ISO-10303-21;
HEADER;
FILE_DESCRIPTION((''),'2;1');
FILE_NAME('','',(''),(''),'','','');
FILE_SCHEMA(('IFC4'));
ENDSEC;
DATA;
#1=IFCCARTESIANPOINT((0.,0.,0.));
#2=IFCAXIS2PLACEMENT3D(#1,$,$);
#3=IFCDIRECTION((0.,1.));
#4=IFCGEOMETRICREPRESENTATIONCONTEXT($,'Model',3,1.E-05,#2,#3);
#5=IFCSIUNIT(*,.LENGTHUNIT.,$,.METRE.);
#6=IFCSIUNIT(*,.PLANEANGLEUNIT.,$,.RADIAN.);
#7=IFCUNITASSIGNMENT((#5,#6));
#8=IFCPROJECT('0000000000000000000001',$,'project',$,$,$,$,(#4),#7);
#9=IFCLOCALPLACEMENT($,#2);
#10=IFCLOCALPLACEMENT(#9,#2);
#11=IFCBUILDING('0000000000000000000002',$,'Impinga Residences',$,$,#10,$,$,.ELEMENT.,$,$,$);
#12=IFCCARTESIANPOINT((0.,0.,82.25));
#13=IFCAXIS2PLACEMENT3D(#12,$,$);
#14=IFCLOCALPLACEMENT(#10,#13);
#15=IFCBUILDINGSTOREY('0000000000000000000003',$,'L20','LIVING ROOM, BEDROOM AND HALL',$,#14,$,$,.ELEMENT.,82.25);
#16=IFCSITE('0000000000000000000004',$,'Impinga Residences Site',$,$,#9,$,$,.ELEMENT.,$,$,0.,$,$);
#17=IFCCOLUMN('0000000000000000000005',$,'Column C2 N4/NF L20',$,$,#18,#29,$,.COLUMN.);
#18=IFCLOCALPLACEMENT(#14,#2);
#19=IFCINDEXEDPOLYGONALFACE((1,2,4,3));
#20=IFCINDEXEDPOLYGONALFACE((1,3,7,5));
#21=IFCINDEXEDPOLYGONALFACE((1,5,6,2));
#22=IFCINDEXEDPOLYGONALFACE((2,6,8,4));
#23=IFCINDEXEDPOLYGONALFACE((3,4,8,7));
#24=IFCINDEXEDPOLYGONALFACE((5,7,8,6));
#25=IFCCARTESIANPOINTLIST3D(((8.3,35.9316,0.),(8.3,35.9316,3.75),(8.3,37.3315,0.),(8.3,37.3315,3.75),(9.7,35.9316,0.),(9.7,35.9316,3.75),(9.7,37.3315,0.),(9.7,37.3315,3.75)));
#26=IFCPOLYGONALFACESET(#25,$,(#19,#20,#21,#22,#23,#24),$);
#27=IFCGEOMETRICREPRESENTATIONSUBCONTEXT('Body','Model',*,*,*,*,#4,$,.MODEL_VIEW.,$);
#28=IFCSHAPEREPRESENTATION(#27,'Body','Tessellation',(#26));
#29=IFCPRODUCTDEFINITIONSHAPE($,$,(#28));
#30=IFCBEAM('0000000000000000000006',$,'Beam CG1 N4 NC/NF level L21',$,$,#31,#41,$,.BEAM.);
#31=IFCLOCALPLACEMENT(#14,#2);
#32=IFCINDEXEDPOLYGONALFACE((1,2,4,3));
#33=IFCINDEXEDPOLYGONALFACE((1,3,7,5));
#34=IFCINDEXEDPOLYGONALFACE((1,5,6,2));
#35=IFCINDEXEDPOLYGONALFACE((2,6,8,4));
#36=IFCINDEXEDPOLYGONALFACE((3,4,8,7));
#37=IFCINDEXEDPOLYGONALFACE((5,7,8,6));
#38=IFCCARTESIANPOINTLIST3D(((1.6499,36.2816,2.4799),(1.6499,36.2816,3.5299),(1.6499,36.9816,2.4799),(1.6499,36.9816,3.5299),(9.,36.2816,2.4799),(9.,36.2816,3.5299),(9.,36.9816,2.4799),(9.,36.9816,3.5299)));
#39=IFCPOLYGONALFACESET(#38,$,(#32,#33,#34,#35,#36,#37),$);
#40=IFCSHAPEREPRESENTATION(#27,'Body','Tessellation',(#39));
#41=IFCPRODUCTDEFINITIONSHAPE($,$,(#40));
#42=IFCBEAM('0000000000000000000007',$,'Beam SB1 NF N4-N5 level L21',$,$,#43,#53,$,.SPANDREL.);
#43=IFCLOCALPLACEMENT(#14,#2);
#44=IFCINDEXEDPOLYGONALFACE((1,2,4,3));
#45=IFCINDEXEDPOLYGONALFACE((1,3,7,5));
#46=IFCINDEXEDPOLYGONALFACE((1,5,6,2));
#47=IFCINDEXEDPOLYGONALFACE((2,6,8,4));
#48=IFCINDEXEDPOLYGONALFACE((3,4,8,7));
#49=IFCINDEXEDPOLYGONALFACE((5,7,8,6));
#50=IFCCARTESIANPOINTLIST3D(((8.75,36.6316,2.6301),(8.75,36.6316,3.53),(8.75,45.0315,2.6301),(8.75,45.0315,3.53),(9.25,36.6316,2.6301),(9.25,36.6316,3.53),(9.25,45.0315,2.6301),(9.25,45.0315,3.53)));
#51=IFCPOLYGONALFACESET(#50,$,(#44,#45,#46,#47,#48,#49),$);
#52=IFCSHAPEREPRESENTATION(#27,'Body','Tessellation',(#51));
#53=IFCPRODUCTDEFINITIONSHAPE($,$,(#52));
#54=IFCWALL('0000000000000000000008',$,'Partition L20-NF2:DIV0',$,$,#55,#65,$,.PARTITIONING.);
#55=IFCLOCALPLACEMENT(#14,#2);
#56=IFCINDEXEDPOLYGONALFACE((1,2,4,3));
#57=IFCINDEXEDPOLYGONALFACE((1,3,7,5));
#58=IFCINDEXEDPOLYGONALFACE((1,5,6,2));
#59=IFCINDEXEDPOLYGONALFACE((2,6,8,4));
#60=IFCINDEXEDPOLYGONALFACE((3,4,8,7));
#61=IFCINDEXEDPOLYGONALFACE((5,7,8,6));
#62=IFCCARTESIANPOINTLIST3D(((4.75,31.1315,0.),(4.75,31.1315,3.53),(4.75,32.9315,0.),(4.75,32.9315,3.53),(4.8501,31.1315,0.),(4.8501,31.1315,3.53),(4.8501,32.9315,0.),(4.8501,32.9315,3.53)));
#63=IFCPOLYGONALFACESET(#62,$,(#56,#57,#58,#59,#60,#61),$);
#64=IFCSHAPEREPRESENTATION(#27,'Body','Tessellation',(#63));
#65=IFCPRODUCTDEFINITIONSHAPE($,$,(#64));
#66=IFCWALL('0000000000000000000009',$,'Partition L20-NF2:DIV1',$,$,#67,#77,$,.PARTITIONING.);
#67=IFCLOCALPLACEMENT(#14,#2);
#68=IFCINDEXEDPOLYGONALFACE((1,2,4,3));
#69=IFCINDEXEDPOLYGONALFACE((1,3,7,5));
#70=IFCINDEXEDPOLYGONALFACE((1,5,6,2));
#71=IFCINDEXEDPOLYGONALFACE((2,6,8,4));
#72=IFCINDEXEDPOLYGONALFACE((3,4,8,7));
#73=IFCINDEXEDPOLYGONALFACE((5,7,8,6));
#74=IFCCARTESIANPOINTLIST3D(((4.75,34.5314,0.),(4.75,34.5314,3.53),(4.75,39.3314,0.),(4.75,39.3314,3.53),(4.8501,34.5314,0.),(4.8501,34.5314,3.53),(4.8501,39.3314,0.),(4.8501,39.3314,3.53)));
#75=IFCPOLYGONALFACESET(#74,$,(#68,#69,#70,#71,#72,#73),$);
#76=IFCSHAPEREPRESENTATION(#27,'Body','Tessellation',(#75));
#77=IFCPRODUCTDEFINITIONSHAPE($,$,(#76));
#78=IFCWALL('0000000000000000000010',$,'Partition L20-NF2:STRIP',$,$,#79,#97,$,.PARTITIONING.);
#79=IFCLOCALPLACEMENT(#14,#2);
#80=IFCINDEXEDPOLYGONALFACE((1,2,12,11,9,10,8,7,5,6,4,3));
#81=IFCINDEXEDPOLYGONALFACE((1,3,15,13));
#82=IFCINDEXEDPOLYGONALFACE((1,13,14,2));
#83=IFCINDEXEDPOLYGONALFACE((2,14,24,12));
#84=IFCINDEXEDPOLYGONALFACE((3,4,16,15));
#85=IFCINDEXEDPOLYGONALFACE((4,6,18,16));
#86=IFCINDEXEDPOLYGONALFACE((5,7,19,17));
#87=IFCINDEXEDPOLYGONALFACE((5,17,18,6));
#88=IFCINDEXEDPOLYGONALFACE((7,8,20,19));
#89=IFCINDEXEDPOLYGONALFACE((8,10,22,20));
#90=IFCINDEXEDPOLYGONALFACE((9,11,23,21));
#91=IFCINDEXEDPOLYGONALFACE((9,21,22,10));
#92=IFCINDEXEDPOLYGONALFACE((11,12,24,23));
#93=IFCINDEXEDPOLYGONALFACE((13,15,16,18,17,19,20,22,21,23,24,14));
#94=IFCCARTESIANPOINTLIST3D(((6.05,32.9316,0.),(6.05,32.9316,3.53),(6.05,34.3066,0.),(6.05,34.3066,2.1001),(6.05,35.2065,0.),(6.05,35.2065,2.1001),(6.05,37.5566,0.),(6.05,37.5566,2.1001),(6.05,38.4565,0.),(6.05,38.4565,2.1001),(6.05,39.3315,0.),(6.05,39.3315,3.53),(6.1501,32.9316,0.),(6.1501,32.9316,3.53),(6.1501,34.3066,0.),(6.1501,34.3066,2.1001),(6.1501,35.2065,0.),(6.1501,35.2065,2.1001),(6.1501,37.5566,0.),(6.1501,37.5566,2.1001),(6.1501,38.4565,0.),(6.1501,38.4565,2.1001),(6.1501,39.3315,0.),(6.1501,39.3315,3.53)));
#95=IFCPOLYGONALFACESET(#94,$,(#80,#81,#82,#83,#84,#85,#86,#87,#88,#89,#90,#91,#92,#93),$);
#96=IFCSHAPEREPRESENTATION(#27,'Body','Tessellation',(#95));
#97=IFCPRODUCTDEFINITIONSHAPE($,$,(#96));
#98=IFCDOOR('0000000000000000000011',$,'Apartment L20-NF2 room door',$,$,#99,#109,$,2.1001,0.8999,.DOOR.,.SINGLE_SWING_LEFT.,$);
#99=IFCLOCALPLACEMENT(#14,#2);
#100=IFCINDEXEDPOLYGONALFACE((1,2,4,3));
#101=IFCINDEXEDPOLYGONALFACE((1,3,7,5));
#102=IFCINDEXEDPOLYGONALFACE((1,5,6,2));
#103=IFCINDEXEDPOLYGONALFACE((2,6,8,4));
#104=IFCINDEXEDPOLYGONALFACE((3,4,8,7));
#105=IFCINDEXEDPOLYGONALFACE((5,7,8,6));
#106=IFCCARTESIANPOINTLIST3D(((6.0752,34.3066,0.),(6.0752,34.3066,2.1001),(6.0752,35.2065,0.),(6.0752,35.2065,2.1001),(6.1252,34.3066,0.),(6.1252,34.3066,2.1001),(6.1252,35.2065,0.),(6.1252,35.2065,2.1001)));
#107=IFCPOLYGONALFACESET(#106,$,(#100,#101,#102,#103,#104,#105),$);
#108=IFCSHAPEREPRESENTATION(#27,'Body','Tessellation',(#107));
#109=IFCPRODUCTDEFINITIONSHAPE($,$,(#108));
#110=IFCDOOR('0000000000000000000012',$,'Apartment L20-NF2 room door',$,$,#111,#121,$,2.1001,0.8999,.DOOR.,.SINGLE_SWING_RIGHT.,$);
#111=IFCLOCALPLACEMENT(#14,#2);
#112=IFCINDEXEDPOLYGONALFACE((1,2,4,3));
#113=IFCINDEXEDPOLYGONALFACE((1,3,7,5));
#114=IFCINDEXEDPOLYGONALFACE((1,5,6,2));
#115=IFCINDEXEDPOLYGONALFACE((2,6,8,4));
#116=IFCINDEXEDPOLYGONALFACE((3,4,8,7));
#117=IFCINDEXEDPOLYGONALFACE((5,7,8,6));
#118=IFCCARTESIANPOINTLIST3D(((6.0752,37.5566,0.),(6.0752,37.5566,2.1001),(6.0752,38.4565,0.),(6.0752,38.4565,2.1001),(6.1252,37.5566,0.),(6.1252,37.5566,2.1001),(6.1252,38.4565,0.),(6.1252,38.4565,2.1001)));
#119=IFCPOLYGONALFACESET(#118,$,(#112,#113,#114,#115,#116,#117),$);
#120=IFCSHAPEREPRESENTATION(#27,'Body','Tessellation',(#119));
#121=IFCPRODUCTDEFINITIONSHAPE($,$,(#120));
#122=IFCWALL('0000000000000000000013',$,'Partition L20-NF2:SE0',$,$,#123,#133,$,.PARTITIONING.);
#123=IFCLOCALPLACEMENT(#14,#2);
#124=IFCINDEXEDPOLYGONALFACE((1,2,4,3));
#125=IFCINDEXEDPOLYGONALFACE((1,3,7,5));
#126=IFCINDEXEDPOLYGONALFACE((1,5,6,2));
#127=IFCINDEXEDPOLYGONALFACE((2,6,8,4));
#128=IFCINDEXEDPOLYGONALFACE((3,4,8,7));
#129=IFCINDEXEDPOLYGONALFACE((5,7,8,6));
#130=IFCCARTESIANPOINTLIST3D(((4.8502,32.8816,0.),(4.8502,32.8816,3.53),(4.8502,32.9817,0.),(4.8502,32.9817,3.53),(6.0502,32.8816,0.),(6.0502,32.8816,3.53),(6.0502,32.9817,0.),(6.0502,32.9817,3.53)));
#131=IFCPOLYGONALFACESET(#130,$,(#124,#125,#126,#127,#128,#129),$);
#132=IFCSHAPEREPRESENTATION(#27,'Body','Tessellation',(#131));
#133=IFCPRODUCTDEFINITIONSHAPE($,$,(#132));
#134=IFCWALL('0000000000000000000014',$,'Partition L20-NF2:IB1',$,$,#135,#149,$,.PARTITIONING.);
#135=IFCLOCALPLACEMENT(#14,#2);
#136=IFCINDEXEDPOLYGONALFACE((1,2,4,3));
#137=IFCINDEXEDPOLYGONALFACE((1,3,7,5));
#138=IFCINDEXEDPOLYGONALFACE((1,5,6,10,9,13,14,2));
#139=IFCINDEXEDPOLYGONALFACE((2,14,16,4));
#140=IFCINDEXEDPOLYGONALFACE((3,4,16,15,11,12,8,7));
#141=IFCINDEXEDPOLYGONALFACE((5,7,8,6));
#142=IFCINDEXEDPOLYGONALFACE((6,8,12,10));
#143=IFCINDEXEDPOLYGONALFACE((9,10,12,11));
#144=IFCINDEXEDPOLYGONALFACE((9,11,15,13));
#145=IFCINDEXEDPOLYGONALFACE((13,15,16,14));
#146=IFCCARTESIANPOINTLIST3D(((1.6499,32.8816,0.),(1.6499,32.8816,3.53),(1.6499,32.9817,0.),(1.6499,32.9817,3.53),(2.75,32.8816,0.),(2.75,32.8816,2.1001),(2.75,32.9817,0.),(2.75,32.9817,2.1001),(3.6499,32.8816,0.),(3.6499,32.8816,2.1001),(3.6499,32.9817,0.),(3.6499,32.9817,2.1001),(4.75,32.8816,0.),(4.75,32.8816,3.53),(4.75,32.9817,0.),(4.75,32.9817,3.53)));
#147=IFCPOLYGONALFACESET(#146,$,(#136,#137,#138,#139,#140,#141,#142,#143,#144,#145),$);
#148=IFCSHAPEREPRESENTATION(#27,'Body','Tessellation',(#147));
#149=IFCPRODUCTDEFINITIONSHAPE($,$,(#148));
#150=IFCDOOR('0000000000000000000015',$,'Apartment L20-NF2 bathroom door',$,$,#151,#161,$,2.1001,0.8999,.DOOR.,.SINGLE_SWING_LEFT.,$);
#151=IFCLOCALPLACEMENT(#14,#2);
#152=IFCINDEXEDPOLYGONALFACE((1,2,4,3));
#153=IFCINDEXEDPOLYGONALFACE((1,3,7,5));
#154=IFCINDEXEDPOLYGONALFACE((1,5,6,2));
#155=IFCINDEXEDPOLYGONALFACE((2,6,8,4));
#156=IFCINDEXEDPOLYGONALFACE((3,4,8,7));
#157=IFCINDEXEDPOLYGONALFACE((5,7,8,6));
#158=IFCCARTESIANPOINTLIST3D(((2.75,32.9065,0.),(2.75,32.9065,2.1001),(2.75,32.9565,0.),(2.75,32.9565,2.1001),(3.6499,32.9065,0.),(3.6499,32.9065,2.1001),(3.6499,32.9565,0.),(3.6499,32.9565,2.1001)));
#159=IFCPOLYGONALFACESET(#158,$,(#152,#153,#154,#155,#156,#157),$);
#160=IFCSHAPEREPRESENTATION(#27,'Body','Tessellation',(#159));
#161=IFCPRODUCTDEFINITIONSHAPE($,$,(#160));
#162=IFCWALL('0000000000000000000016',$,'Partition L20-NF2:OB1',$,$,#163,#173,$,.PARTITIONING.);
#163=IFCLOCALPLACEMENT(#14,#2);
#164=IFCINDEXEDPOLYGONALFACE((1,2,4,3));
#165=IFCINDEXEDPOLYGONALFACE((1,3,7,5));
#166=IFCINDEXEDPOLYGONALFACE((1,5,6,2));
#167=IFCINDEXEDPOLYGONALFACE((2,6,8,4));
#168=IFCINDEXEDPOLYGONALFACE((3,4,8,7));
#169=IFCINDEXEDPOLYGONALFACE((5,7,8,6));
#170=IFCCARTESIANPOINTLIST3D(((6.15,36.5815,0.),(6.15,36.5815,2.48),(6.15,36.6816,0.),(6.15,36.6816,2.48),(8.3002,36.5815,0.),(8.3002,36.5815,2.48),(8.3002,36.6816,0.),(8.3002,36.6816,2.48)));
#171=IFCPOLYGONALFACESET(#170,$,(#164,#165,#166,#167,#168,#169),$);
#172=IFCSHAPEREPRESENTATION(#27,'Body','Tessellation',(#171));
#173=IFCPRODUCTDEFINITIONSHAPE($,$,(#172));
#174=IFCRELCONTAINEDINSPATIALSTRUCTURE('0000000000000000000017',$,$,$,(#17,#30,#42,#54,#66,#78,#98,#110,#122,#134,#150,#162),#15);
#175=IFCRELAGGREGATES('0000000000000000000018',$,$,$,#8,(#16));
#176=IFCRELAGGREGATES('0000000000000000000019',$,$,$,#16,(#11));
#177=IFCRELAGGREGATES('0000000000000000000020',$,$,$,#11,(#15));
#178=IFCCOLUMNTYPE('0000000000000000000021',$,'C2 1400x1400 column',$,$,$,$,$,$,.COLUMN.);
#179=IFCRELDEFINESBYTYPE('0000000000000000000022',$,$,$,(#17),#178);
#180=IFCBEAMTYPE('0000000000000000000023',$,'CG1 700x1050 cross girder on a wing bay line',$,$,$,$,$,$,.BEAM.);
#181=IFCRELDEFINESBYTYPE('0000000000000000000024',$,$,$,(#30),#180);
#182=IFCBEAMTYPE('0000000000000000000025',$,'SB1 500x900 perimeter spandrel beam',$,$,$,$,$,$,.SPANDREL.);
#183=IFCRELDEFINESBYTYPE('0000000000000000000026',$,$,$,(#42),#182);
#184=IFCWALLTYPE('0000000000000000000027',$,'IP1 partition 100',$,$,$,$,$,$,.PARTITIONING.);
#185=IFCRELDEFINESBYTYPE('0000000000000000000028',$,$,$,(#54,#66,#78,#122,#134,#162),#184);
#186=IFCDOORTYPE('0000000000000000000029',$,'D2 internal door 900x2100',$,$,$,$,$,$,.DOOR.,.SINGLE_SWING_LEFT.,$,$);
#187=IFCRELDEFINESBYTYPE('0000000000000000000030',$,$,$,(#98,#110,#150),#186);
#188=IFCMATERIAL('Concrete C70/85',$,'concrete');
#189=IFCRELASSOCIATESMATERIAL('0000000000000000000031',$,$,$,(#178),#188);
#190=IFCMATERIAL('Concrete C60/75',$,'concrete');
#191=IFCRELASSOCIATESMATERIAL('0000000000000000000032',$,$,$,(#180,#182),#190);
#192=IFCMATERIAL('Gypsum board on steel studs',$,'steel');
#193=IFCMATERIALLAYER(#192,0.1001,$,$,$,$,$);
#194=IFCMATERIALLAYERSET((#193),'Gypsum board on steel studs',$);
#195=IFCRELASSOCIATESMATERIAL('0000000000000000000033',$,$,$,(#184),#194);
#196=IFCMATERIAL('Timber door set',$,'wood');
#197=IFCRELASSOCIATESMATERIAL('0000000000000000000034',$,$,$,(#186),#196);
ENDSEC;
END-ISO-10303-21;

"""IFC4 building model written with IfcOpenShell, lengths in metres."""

from ifc_helpers import new_model, si_unit, direction, frame, frame_2d, origin, origin_2d, place, context, subcontext, project, spatial, rectangle, extrude, material, layer, layer_set, material_profile, profile_set, type_object, element, fill, save


model = new_model("IFC4")

# Units and contexts
model_context = context("Model", 3, precision=1e-05, world=origin(), true_north=direction((0.0, 1.0)))
body_context = subcontext(model_context, "Body", "Model", "MODEL_VIEW")
ifc_project = project(units=[si_unit("LENGTHUNIT", "METRE"), si_unit("PLANEANGLEUNIT", "RADIAN")], contexts=[model_context])

# Site, building, storey
site_placement = place(None, origin())
site = spatial("IfcSite", under=ifc_project, at=site_placement, Name="Impinga Residences Site", CompositionType="ELEMENT", RefElevation=0.0)
building_placement = place(site_placement, origin())
building = spatial("IfcBuilding", under=site, at=building_placement, Name="Impinga Residences", CompositionType="ELEMENT")
storey_placement = place(building_placement, frame((0.0, 0.0, 82.25)))
storey = spatial("IfcBuildingStorey", under=building, at=storey_placement, Name="L20", Description="LIVING ROOM, BEDROOM AND HALL", CompositionType="ELEMENT", Elevation=82.25)

# Column
ifc_material_1 = material(Name="Concrete C70/85", Category="concrete")
ifc_material_profile_1 = material_profile(ifc_material_1, rectangle(XDim=1.3999, YDim=1.3999, at=origin_2d()), Name="RC 1400x1400")
ifc_profile_set_1 = profile_set([ifc_material_profile_1], Name="Concrete C70/85")
column_type = type_object("IfcColumnType", Name="C2 1400x1400 column", PredefinedType="COLUMN", material=ifc_profile_set_1)
column_placement = place(storey_placement, frame((9.0, 36.6316, 0.0), z_axis=(0.0, 0.0, 1.0), x_axis=(1.0, 0.0, 0.0)))
element("IfcColumn", 1, at=column_placement, inside=storey, type_object=column_type, Name="Column C2 N4/NF L20", PredefinedType="COLUMN", context=body_context, shape_type="SweptSolid", body=[
    extrude(rectangle(XDim=1.3999, YDim=1.3999, at=origin_2d()), origin(), (0.0, 0.0, 1.0), 3.75),
])

# Beams
ifc_material_2 = material(Name="Concrete C60/75", Category="concrete")
ifc_material_profile_2 = material_profile(ifc_material_2, rectangle(XDim=0.7, YDim=1.05, at=origin_2d()), Name="RC 700x1050")
ifc_profile_set_2 = profile_set([ifc_material_profile_2], Name="Concrete C60/75")
beam_type_1 = type_object("IfcBeamType", Name="CG1 700x1050 cross girder on a wing bay line", PredefinedType="BEAM", material=ifc_profile_set_2)
beam_1_placement = place(storey_placement, frame((1.6499, 36.6316, 3.0049), z_axis=(1.0, 0.0, 0.0), x_axis=(0.0, 1.0, 0.0)))
element("IfcBeam", 2, at=beam_1_placement, inside=storey, type_object=beam_type_1, Name="Beam CG1 N4 NC/NF level L21", PredefinedType="BEAM", context=body_context, shape_type="SweptSolid", body=[
    extrude(rectangle(XDim=0.7, YDim=1.05, at=origin_2d()), origin(), (0.0, 0.0, 1.0), 7.3501),
])
ifc_material_profile_3 = material_profile(ifc_material_2, rectangle(XDim=0.5, YDim=0.8999, at=origin_2d()), Name="RC 500x900")
ifc_profile_set_3 = profile_set([ifc_material_profile_3], Name="Concrete C60/75")
beam_type_2 = type_object("IfcBeamType", Name="SB1 500x900 perimeter spandrel beam", PredefinedType="SPANDREL", material=ifc_profile_set_3)
beam_2_placement = place(storey_placement, frame((9.0, 36.6316, 3.0801), z_axis=(0.0, 1.0, 0.0), x_axis=(-1.0, 0.0, 0.0)))
element("IfcBeam", 3, at=beam_2_placement, inside=storey, type_object=beam_type_2, Name="Beam SB1 NF N4-N5 level L21", PredefinedType="SPANDREL", context=body_context, shape_type="SweptSolid", body=[
    extrude(rectangle(XDim=0.5, YDim=0.8999, at=origin_2d()), origin(), (0.0, 0.0, 1.0), 8.3999),
])

# Walls
ifc_material_3 = material(Name="Gypsum board on steel studs", Category="steel")
ifc_layer_1 = layer(ifc_material_3, 0.1001)
ifc_layer_set_1 = layer_set([ifc_layer_1], Name="Gypsum board on steel studs")
wall_type_1 = type_object("IfcWallType", Name="IP1 partition 100", PredefinedType="PARTITIONING", material=ifc_layer_set_1)
wall_1_placement = place(storey_placement, frame((4.8, 31.1316, 0.0), z_axis=(0.0, 0.0, 1.0), x_axis=(0.0, 1.0, 0.0)))
element("IfcWall", 4, at=wall_1_placement, inside=storey, type_object=wall_type_1, Name="Partition L20-NF2:DIV0", PredefinedType="PARTITIONING", context=body_context, shape_type="SweptSolid", body=[
    extrude(rectangle(XDim=1.8, YDim=0.1001, at=frame_2d((0.8999, 0.0))), origin(), (0.0, 0.0, 1.0), 3.53),
])
wall_2_placement = place(storey_placement, frame((4.8, 34.5315, 0.0), z_axis=(0.0, 0.0, 1.0), x_axis=(0.0, 1.0, 0.0)))
element("IfcWall", 5, at=wall_2_placement, inside=storey, type_object=wall_type_1, Name="Partition L20-NF2:DIV1", PredefinedType="PARTITIONING", context=body_context, shape_type="SweptSolid", body=[
    extrude(rectangle(XDim=4.8, YDim=0.1001, at=frame_2d((2.3999, 0.0))), origin(), (0.0, 0.0, 1.0), 3.53),
])

# Wall, openings, doors
wall_3_placement = place(storey_placement, frame((6.1001, 32.9316, 0.0), z_axis=(0.0, 0.0, 1.0), x_axis=(0.0, 1.0, 0.0)))
wall_3 = element("IfcWall", 6, at=wall_3_placement, inside=storey, type_object=wall_type_1, Name="Partition L20-NF2:STRIP", PredefinedType="PARTITIONING", context=body_context, shape_type="SweptSolid", body=[
    extrude(rectangle(XDim=6.3999, YDim=0.1001, at=frame_2d((3.2, 0.0))), origin(), (0.0, 0.0, 1.0), 3.53),
])
opening_1_placement = place(wall_3_placement, frame((1.375, 0.0, 0.0)))
opening_1 = element("IfcOpeningElement", 7, at=opening_1_placement, cuts=wall_3, PredefinedType="OPENING", context=body_context, shape_type="SweptSolid", body=[
    extrude(rectangle(XDim=0.8999, YDim=2.1001, at=frame_2d((0.45, 1.05))), frame((0.0, 0.0601, 0.0), z_axis=(0.0, -1.0, 0.0), x_axis=(1.0, 0.0, 0.0)), (0.0, 0.0, 1.0), 0.1201),
])
opening_2_placement = place(wall_3_placement, frame((4.625, 0.0, 0.0)))
opening_2 = element("IfcOpeningElement", 8, at=opening_2_placement, cuts=wall_3, PredefinedType="OPENING", context=body_context, shape_type="SweptSolid", body=[
    extrude(rectangle(XDim=0.8999, YDim=2.1001, at=frame_2d((0.45, 1.05))), frame((0.0, 0.0601, 0.0), z_axis=(0.0, -1.0, 0.0), x_axis=(1.0, 0.0, 0.0)), (0.0, 0.0, 1.0), 0.1201),
])
ifc_material_4 = material(Name="Timber door set", Category="wood")
door_type = type_object("IfcDoorType", Name="D2 internal door 900x2100", OperationType="SINGLE_SWING_LEFT", PredefinedType="DOOR", material=ifc_material_4)
door_1_placement = place(opening_1_placement, origin())
door_1 = element("IfcDoor", 9, at=door_1_placement, inside=storey, type_object=door_type, Name="Apartment L20-NF2 room door", OperationType="SINGLE_SWING_LEFT", OverallHeight=2.1001, OverallWidth=0.8999, PredefinedType="DOOR", context=body_context, shape_type="SweptSolid", body=[
    extrude(rectangle(XDim=0.8999, YDim=2.1001, at=frame_2d((0.45, 1.05))), frame((0.0, 0.0249, 0.0), z_axis=(0.0, -1.0, 0.0), x_axis=(1.0, 0.0, 0.0)), (0.0, 0.0, 1.0), 0.05),
])
fill(opening_1, door_1)
door_2_placement = place(opening_2_placement, origin())
door_2 = element("IfcDoor", 10, at=door_2_placement, inside=storey, type_object=door_type, Name="Apartment L20-NF2 room door", OperationType="SINGLE_SWING_RIGHT", OverallHeight=2.1001, OverallWidth=0.8999, PredefinedType="DOOR", context=body_context, shape_type="SweptSolid", body=[
    extrude(rectangle(XDim=0.8999, YDim=2.1001, at=frame_2d((0.45, 1.05))), frame((0.0, 0.0249, 0.0), z_axis=(0.0, -1.0, 0.0), x_axis=(1.0, 0.0, 0.0)), (0.0, 0.0, 1.0), 0.05),
])
fill(opening_2, door_2)

# Wall
wall_4_placement = place(storey_placement, frame((4.8501, 32.9316, 0.0), z_axis=(0.0, 0.0, 1.0), x_axis=(1.0, 0.0, 0.0)))
element("IfcWall", 11, at=wall_4_placement, inside=storey, type_object=wall_type_1, Name="Partition L20-NF2:SE0", PredefinedType="PARTITIONING", context=body_context, shape_type="SweptSolid", body=[
    extrude(rectangle(XDim=1.2, YDim=0.1001, at=frame_2d((0.6001, 0.0))), origin(), (0.0, 0.0, 1.0), 3.53),
])

# Wall, opening, door
wall_5_placement = place(storey_placement, frame((1.6499, 32.9316, 0.0), z_axis=(0.0, 0.0, 1.0), x_axis=(1.0, 0.0, 0.0)))
wall_5 = element("IfcWall", 12, at=wall_5_placement, inside=storey, type_object=wall_type_1, Name="Partition L20-NF2:IB1", PredefinedType="PARTITIONING", context=body_context, shape_type="SweptSolid", body=[
    extrude(rectangle(XDim=3.1001, YDim=0.1001, at=frame_2d((1.55, 0.0))), origin(), (0.0, 0.0, 1.0), 3.53),
])
opening_3_placement = place(wall_5_placement, frame((1.1001, 0.0, 0.0)))
opening_3 = element("IfcOpeningElement", 13, at=opening_3_placement, cuts=wall_5, PredefinedType="OPENING", context=body_context, shape_type="SweptSolid", body=[
    extrude(rectangle(XDim=0.8999, YDim=2.1001, at=frame_2d((0.45, 1.05))), frame((0.0, 0.0601, 0.0), z_axis=(0.0, -1.0, 0.0), x_axis=(1.0, 0.0, 0.0)), (0.0, 0.0, 1.0), 0.1201),
])
door_3_placement = place(opening_3_placement, origin())
door_3 = element("IfcDoor", 14, at=door_3_placement, inside=storey, type_object=door_type, Name="Apartment L20-NF2 bathroom door", OperationType="SINGLE_SWING_LEFT", OverallHeight=2.1001, OverallWidth=0.8999, PredefinedType="DOOR", context=body_context, shape_type="SweptSolid", body=[
    extrude(rectangle(XDim=0.8999, YDim=2.1001, at=frame_2d((0.45, 1.05))), frame((0.0, 0.0249, 0.0), z_axis=(0.0, -1.0, 0.0), x_axis=(1.0, 0.0, 0.0)), (0.0, 0.0, 1.0), 0.05),
])
fill(opening_3, door_3)

# Wall
wall_6_placement = place(storey_placement, frame((6.1499, 36.6316, 0.0), z_axis=(0.0, 0.0, 1.0), x_axis=(1.0, 0.0, 0.0)))
element("IfcWall", 15, at=wall_6_placement, inside=storey, type_object=wall_type_1, Name="Partition L20-NF2:OB1", PredefinedType="PARTITIONING", context=body_context, shape_type="SweptSolid", body=[
    extrude(rectangle(XDim=2.1501, YDim=0.1001, at=frame_2d((1.0752, 0.0))), origin(), (0.0, 0.0, 1.0), 2.48),
])

save(model, "model.ifc")
